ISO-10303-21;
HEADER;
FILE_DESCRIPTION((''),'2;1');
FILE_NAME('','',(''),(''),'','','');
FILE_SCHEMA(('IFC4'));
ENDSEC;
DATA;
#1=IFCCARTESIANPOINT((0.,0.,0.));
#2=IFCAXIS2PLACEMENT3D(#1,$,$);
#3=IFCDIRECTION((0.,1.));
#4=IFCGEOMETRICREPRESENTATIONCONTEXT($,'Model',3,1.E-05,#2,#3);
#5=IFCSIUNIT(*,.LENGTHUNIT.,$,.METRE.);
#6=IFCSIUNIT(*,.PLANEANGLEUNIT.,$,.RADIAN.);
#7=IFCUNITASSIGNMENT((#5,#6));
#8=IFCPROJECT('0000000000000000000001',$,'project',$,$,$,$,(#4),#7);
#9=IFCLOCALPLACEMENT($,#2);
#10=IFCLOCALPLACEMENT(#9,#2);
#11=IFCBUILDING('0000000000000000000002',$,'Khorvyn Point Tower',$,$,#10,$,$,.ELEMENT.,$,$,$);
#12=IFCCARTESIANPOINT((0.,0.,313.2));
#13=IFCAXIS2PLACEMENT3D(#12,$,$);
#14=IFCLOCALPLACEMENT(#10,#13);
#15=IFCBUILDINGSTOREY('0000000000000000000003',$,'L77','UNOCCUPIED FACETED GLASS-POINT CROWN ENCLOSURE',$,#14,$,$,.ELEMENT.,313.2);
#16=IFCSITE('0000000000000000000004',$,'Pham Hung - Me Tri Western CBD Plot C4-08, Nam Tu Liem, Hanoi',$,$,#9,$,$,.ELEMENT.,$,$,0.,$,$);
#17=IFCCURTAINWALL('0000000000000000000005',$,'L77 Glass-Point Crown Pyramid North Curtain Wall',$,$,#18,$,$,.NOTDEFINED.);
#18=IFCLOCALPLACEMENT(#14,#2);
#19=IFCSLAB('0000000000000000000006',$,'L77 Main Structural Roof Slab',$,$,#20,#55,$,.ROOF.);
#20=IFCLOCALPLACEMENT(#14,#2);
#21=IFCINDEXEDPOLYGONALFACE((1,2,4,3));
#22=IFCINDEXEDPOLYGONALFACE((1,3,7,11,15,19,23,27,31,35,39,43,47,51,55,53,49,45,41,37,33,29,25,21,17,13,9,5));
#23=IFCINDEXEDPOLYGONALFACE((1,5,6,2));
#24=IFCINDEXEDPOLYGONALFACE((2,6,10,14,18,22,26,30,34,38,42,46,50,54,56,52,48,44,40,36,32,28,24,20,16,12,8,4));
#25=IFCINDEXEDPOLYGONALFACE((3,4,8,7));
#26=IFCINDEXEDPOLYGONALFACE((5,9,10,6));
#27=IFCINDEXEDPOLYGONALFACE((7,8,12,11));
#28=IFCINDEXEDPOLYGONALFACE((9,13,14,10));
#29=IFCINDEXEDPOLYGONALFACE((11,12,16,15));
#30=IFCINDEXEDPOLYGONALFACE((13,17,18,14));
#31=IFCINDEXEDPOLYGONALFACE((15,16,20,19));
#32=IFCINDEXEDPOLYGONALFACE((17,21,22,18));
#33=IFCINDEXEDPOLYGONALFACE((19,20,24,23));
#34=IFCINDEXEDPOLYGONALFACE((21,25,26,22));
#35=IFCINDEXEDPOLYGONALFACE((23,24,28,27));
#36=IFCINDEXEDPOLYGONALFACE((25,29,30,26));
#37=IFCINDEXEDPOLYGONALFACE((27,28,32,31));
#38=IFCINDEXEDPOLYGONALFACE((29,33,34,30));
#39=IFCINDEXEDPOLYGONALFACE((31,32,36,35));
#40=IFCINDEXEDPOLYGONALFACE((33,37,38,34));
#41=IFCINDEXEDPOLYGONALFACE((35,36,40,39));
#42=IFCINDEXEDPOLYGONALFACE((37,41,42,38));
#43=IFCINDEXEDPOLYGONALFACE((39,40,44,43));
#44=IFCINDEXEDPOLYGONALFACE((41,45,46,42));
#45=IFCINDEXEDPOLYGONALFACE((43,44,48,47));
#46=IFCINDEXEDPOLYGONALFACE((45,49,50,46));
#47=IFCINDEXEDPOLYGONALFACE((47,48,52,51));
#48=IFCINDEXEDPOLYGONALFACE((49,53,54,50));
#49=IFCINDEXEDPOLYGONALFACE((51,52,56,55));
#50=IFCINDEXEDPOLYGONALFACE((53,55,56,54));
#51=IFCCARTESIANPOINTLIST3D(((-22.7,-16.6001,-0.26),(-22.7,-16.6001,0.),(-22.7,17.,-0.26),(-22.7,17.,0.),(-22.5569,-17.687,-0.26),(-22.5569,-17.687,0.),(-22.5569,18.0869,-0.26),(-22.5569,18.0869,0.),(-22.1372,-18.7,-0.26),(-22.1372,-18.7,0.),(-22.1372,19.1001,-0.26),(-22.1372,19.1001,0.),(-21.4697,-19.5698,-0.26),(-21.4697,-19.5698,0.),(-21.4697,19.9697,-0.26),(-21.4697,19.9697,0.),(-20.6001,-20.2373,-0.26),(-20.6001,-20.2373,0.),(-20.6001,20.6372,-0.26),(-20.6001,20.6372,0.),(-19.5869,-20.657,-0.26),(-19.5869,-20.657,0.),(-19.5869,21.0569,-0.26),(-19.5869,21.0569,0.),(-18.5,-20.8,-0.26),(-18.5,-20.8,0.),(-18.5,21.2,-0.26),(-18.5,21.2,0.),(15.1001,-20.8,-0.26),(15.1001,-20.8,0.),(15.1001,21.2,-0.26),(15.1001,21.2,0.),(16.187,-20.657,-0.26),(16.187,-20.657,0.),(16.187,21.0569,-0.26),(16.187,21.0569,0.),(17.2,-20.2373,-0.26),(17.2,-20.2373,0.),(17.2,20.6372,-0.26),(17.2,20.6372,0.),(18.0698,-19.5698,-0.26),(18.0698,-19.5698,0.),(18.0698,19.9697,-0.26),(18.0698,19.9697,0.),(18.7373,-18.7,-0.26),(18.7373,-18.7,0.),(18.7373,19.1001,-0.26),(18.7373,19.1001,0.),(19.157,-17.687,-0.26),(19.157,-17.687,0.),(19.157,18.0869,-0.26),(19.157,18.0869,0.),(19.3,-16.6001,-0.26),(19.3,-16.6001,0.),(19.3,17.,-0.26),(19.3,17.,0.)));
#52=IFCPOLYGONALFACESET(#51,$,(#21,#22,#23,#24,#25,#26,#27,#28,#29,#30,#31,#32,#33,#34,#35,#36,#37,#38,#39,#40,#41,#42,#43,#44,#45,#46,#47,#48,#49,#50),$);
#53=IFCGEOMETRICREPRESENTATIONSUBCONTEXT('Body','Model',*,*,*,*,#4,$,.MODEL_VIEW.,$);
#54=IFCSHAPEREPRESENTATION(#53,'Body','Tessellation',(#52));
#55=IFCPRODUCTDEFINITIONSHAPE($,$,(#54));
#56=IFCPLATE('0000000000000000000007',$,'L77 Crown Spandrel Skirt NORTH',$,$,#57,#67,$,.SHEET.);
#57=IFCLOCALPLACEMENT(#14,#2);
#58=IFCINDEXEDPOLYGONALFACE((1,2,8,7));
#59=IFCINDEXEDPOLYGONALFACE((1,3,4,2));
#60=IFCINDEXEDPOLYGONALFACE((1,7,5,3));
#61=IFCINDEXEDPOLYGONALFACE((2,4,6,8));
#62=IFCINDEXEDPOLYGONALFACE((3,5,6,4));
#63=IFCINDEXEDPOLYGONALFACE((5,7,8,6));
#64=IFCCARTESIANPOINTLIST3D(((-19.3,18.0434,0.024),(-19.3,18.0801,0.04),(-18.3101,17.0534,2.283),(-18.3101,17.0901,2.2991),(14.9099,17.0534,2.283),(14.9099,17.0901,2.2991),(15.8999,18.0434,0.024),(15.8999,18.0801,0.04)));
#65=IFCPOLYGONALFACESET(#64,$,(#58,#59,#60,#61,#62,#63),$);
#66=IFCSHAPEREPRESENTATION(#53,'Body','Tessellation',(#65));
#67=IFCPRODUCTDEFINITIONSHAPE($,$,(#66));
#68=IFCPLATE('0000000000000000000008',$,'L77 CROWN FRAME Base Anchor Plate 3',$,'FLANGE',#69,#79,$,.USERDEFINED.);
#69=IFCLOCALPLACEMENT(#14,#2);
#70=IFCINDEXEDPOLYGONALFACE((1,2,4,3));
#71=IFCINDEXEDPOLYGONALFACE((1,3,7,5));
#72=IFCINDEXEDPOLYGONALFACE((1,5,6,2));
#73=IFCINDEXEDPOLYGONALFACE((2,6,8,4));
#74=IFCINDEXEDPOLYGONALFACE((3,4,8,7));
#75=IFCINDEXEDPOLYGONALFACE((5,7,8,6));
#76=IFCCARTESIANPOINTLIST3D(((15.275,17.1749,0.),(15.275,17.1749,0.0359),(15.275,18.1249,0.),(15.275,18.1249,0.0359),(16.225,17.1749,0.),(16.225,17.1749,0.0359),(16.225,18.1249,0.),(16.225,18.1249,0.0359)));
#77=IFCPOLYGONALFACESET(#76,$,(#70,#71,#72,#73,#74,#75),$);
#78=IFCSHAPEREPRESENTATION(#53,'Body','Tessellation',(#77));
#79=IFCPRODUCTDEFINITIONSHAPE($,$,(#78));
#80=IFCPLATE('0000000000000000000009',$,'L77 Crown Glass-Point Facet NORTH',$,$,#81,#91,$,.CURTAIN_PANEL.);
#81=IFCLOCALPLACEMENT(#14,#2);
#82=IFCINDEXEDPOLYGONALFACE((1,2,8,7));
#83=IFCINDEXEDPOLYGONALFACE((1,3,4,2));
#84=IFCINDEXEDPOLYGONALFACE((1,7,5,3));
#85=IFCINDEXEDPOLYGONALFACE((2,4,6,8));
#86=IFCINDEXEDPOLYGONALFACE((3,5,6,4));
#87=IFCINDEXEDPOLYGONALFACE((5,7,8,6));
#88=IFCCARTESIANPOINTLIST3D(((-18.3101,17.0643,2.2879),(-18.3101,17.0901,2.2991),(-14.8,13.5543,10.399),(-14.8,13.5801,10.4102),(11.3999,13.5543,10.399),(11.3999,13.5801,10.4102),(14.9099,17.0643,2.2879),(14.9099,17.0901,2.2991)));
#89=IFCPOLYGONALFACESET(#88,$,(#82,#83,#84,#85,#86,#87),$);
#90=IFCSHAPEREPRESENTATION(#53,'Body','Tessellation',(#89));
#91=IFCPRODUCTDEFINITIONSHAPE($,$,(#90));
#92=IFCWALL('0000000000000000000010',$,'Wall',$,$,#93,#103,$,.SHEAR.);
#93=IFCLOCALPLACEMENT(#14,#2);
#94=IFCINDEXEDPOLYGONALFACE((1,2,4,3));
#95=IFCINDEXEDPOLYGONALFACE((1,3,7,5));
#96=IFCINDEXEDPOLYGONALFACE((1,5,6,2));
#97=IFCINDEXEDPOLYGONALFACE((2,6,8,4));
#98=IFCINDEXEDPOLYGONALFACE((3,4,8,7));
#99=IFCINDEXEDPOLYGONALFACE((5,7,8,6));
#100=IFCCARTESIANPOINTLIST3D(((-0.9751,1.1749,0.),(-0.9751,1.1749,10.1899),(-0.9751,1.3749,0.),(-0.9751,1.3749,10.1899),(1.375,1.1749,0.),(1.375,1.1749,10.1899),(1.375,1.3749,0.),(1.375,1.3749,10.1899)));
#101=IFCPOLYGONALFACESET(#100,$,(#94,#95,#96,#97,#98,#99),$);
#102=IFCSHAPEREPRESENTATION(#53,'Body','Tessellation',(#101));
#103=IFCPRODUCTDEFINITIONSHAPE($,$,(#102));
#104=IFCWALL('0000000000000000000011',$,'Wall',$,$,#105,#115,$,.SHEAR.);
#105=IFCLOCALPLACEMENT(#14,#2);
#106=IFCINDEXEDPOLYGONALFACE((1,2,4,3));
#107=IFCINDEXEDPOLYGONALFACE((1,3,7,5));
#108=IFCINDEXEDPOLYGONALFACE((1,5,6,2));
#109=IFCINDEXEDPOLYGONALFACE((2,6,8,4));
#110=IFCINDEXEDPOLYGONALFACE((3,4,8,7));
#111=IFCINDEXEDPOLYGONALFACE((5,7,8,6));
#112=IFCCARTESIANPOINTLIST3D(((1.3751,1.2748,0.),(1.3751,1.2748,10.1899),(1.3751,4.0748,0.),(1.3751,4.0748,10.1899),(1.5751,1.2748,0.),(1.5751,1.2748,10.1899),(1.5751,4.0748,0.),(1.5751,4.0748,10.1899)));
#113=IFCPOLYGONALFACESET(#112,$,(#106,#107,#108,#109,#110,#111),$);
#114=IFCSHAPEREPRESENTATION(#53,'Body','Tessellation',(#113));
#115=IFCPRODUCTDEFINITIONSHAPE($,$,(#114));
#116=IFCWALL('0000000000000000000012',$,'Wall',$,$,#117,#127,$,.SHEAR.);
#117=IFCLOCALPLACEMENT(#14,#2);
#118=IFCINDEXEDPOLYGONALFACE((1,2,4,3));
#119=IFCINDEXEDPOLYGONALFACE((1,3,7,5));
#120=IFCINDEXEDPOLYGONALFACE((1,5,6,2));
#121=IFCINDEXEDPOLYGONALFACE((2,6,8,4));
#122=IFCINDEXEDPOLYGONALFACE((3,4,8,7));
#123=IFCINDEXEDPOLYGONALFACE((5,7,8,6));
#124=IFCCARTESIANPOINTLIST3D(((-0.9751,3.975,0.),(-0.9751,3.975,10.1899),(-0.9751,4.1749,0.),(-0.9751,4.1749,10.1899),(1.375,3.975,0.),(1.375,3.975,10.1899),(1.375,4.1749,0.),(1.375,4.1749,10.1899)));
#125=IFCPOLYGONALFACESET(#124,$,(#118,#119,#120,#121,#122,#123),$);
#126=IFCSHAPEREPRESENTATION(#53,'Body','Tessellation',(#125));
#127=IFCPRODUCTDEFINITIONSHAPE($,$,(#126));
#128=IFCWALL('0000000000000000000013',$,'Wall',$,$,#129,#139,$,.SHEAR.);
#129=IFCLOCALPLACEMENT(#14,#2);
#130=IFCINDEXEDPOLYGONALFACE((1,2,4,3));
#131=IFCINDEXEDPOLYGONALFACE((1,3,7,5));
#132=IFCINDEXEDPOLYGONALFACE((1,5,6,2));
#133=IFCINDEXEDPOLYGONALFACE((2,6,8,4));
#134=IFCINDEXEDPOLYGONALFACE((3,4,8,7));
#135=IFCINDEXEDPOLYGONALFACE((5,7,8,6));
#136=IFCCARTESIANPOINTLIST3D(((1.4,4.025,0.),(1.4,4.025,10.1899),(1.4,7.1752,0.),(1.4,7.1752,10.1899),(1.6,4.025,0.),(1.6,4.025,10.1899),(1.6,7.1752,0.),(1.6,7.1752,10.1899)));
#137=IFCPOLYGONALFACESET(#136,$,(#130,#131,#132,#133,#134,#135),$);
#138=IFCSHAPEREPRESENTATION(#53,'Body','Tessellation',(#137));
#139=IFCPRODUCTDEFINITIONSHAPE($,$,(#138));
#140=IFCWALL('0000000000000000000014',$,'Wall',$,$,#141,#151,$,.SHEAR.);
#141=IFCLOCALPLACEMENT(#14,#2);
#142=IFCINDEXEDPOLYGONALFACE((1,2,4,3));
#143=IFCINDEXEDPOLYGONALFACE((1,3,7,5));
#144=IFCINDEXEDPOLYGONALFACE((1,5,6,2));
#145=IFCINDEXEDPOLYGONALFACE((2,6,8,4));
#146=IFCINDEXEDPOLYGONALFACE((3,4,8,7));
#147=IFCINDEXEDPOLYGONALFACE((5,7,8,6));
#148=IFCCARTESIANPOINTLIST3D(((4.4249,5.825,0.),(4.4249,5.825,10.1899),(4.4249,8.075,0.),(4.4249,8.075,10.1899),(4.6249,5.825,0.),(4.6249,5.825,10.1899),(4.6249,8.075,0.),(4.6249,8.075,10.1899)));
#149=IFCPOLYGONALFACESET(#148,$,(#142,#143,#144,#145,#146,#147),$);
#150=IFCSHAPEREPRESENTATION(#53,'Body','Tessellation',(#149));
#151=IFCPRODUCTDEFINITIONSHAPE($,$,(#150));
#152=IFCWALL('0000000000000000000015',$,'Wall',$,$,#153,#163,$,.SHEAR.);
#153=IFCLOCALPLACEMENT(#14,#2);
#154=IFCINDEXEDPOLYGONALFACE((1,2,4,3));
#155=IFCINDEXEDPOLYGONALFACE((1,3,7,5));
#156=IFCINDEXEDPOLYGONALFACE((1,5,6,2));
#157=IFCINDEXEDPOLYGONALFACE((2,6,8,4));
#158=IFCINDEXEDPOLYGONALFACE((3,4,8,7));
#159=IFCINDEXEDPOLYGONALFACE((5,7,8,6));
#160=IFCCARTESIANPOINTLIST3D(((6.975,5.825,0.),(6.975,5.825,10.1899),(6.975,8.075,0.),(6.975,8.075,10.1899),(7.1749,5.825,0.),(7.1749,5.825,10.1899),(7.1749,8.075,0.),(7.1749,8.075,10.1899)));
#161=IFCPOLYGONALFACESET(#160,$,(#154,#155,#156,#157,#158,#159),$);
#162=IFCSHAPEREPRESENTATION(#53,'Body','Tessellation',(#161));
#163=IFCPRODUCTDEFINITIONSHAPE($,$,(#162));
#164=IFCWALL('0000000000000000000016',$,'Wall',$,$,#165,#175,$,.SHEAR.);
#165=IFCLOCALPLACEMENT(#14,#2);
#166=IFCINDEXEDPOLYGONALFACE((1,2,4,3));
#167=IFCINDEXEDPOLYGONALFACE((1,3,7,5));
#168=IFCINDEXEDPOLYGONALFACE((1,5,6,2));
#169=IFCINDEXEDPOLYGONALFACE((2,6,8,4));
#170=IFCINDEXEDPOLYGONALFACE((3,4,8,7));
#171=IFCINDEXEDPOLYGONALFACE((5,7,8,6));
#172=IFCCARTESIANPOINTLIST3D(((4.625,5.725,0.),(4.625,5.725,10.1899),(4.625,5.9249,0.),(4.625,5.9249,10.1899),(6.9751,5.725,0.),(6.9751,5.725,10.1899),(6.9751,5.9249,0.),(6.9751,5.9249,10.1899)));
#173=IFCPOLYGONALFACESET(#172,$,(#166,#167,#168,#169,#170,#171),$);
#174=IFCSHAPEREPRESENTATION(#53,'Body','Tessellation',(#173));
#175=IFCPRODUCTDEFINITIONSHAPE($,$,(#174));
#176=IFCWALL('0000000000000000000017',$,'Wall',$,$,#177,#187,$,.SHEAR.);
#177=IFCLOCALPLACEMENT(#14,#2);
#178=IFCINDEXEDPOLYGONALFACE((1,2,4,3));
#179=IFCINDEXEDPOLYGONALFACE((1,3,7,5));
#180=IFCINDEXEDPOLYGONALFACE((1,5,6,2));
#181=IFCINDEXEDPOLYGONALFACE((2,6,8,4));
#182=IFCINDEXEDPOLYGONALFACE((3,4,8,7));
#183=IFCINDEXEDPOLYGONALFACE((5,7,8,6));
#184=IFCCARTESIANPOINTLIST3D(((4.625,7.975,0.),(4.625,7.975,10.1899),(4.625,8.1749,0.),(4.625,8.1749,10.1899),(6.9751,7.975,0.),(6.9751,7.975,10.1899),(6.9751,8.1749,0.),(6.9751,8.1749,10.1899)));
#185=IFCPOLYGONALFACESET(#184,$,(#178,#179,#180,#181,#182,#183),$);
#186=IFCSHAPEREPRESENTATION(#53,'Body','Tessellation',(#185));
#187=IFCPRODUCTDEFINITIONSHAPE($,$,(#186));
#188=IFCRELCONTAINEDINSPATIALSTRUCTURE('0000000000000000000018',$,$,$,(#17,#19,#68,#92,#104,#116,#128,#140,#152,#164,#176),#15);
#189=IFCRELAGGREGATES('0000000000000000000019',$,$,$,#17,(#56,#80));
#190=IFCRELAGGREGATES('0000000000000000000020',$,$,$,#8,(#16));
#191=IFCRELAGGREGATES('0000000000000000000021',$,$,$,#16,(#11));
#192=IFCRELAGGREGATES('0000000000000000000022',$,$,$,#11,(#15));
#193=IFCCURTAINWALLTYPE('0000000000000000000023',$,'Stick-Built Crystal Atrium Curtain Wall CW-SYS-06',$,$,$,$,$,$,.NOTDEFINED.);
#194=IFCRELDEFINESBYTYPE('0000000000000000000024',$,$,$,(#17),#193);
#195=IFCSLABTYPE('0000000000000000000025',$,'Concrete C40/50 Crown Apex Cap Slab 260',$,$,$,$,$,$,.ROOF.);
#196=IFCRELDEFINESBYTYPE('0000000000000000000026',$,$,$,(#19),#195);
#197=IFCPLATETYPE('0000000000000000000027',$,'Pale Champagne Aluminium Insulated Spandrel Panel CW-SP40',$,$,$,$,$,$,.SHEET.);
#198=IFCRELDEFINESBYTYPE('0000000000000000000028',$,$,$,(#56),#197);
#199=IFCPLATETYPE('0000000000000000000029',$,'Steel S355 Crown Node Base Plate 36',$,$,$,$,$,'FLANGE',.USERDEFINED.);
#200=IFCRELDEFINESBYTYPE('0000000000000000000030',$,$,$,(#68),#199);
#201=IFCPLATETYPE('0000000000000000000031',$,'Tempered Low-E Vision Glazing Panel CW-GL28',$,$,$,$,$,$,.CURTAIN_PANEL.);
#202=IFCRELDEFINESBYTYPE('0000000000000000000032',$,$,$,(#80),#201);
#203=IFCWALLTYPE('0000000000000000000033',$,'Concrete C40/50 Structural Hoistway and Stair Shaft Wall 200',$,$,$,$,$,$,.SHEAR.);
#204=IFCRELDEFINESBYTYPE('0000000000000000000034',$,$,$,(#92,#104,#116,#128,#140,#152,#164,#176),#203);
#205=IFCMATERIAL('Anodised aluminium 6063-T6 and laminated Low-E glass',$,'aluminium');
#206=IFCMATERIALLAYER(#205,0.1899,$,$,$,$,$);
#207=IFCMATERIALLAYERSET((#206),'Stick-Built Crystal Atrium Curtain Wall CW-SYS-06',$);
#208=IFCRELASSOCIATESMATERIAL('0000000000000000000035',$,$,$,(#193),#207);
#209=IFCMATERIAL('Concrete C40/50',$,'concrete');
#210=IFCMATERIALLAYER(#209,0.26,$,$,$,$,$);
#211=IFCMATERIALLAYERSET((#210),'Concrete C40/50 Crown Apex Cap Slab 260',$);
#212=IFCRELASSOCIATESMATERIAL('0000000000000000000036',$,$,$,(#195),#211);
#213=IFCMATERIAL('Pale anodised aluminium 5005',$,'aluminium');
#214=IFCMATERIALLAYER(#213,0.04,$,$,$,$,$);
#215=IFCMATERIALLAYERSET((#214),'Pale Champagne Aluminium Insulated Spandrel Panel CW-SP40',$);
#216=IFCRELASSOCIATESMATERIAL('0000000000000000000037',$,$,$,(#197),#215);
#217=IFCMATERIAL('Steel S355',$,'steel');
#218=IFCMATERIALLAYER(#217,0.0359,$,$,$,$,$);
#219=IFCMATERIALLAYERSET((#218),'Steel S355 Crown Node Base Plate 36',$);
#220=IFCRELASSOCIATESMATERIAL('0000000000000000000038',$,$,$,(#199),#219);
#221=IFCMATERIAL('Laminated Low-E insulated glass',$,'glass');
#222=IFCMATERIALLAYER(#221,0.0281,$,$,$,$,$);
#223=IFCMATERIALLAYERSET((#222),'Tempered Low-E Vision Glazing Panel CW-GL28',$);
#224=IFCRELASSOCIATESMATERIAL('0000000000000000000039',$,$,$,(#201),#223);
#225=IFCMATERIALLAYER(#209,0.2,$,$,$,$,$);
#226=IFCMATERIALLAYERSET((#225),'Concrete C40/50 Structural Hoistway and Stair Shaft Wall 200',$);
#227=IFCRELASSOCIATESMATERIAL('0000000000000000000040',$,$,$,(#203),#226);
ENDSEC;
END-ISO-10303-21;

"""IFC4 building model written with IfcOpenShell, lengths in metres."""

from ifc_helpers import new_model, si_unit, direction, frame, frame_2d, origin, origin_2d, place, context, subcontext, project, spatial, polyline, rectangle, outline, extrude, material, layer, layer_set, type_object, element, aggregate, save


model = new_model("IFC4")

# Units and contexts
model_context = context("Model", 3, precision=1e-05, world=origin(), true_north=direction((0.0, 1.0)))
body_context = subcontext(model_context, "Body", "Model", "MODEL_VIEW")
ifc_project = project(units=[si_unit("LENGTHUNIT", "METRE"), si_unit("PLANEANGLEUNIT", "RADIAN")], contexts=[model_context])

# Site, building, storey
site_placement = place(None, origin())
site = spatial("IfcSite", under=ifc_project, at=site_placement, Name="Pham Hung - Me Tri Western CBD Plot C4-08, Nam Tu Liem, Hanoi", CompositionType="ELEMENT", RefElevation=0.0)
building_placement = place(site_placement, origin())
building = spatial("IfcBuilding", under=site, at=building_placement, Name="Khorvyn Point Tower", CompositionType="ELEMENT")
storey_placement = place(building_placement, frame((0.0, 0.0, 313.2)))
storey = spatial("IfcBuildingStorey", under=building, at=storey_placement, Name="L77", Description="UNOCCUPIED FACETED GLASS-POINT CROWN ENCLOSURE", CompositionType="ELEMENT", Elevation=313.2)

# Shared definitions
ifc_material_1 = material(Name="Steel S355", Category="steel")

# Curtain wall
ifc_material_2 = material(Name="Anodised aluminium 6063-T6 and laminated Low-E glass", Category="aluminium")
ifc_layer_1 = layer(ifc_material_2, 0.1899)
ifc_layer_set_1 = layer_set([ifc_layer_1], Name="Stick-Built Crystal Atrium Curtain Wall CW-SYS-06")
curtain_wall_type = type_object("IfcCurtainWallType", Name="Stick-Built Crystal Atrium Curtain Wall CW-SYS-06", PredefinedType="NOTDEFINED", material=ifc_layer_set_1)
curtain_wall_placement = place(storey_placement, origin())
curtain_wall = element("IfcCurtainWall", 1, at=curtain_wall_placement, inside=storey, type_object=curtain_wall_type, Name="L77 Glass-Point Crown Pyramid North Curtain Wall", PredefinedType="NOTDEFINED")

# Slab
ifc_material_3 = material(Name="Concrete C40/50", Category="concrete")
ifc_layer_2 = layer(ifc_material_3, 0.26)
ifc_layer_set_2 = layer_set([ifc_layer_2], Name="Concrete C40/50 Crown Apex Cap Slab 260")
slab_type = type_object("IfcSlabType", Name="Concrete C40/50 Crown Apex Cap Slab 260", PredefinedType="ROOF", material=ifc_layer_set_2)
slab_placement = place(storey_placement, frame((0.0, 0.0, -0.26)))
element("IfcSlab", 2, at=slab_placement, inside=storey, type_object=slab_type, Name="L77 Main Structural Roof Slab", PredefinedType="ROOF", context=body_context, shape_type="SweptSolid", body=[
    extrude(outline(polyline([(15.1001, -20.8), (16.187, -20.657), (17.2, -20.2373), (18.0698, -19.5698), (18.7373, -18.7), (19.157, -17.687), (19.3, -16.6001), (19.3, 17.0), (19.157, 18.0869), (18.7373, 19.1001), (18.0698, 19.9697), (17.2, 20.6372), (16.187, 21.0569), (15.1001, 21.2), (-18.5, 21.2), (-19.5869, 21.0569), (-20.6001, 20.6372), (-21.4697, 19.9697), (-22.1372, 19.1001), (-22.5569, 18.0869), (-22.7, 17.0), (-22.7, -16.6001), (-22.5569, -17.687), (-22.1372, -18.7), (-21.4697, -19.5698), (-20.6001, -20.2373), (-19.5869, -20.657), (-18.5, -20.8), (15.1001, -20.8)])), origin(), (0.0, 0.0, 1.0), 0.26),
])

# Plates
ifc_material_4 = material(Name="Pale anodised aluminium 5005", Category="aluminium")
ifc_layer_3 = layer(ifc_material_4, 0.04)
ifc_layer_set_3 = layer_set([ifc_layer_3], Name="Pale Champagne Aluminium Insulated Spandrel Panel CW-SP40")
plate_type_1 = type_object("IfcPlateType", Name="Pale Champagne Aluminium Insulated Spandrel Panel CW-SP40", PredefinedType="SHEET", material=ifc_layer_set_3)
plate_1_placement = place(storey_placement, frame((15.8999, 18.0801, 0.04), z_axis=(0.0, 0.91591, 0.401385), x_axis=(-1.0, 0.0, 0.0)))
plate_1 = element("IfcPlate", 3, at=plate_1_placement, type_object=plate_type_1, Name="L77 Crown Spandrel Skirt NORTH", PredefinedType="SHEET", context=body_context, shape_type="SweptSolid", body=[
    extrude(outline(polyline([(0.0, 0.0), (35.2, 0.0), (34.21, 2.4664), (0.99, 2.4664), (0.0, 0.0)])), origin(), (0.0, 0.0, -1.0), 0.04),
])
ifc_layer_4 = layer(ifc_material_1, 0.0359)
ifc_layer_set_4 = layer_set([ifc_layer_4], Name="Steel S355 Crown Node Base Plate 36")
plate_type_2 = type_object("IfcPlateType", Name="Steel S355 Crown Node Base Plate 36", ElementType="FLANGE", PredefinedType="USERDEFINED", material=ifc_layer_set_4)
plate_2_placement = place(storey_placement, frame((15.75, 17.6499, 0.0), z_axis=(0.0, 0.0, 1.0), x_axis=(1.0, 0.0, 0.0)))
element("IfcPlate", 4, at=plate_2_placement, inside=storey, type_object=plate_type_2, Name="L77 CROWN FRAME Base Anchor Plate 3", ObjectType="FLANGE", PredefinedType="USERDEFINED", context=body_context, shape_type="SweptSolid", body=[
    extrude(rectangle(XDim=0.95, YDim=0.95, at=origin_2d()), origin(), (0.0, 0.0, 1.0), 0.0359),
])
ifc_material_5 = material(Name="Laminated Low-E insulated glass", Category="glass")
ifc_layer_5 = layer(ifc_material_5, 0.0281)
ifc_layer_set_5 = layer_set([ifc_layer_5], Name="Tempered Low-E Vision Glazing Panel CW-GL28")
plate_type_3 = type_object("IfcPlateType", Name="Tempered Low-E Vision Glazing Panel CW-GL28", PredefinedType="CURTAIN_PANEL", material=ifc_layer_set_5)
plate_3_placement = place(storey_placement, frame((14.9099, 17.0901, 2.2991), z_axis=(0.0, 0.917753, 0.397151), x_axis=(-1.0, 0.0, 0.0)))
plate_3 = element("IfcPlate", 5, at=plate_3_placement, type_object=plate_type_3, Name="L77 Crown Glass-Point Facet NORTH", PredefinedType="CURTAIN_PANEL", context=body_context, shape_type="SweptSolid", body=[
    extrude(outline(polyline([(0.0, 0.0), (33.22, 0.0), (29.71, 8.838), (3.51, 8.838), (0.0, 0.0)])), origin(), (0.0, 0.0, -1.0), 0.0281),
])
aggregate(curtain_wall, [plate_1, plate_3])

# Walls
ifc_layer_6 = layer(ifc_material_3, 0.2)
ifc_layer_set_6 = layer_set([ifc_layer_6], Name="Concrete C40/50 Structural Hoistway and Stair Shaft Wall 200")
wall_type = type_object("IfcWallType", Name="Concrete C40/50 Structural Hoistway and Stair Shaft Wall 200", PredefinedType="SHEAR", material=ifc_layer_set_6)
wall_1_placement = place(storey_placement, frame((-0.9751, 1.2749, 0.0), z_axis=(0.0, 0.0, 1.0), x_axis=(1.0, 0.0, 0.0)))
element("IfcWall", 6, at=wall_1_placement, inside=storey, type_object=wall_type, Name="Wall", PredefinedType="SHEAR", context=body_context, shape_type="SweptSolid", body=[
    extrude(rectangle(XDim=2.3501, YDim=0.2, at=frame_2d((1.175, 0.0))), origin(), (0.0, 0.0, 1.0), 10.1899),
])
wall_2_placement = place(storey_placement, frame((1.4751, 1.2749, 0.0), z_axis=(0.0, 0.0, 1.0), x_axis=(0.0, 1.0, 0.0)))
element("IfcWall", 7, at=wall_2_placement, inside=storey, type_object=wall_type, Name="Wall", PredefinedType="SHEAR", context=body_context, shape_type="SweptSolid", body=[
    extrude(rectangle(XDim=2.8, YDim=0.2, at=frame_2d((1.3999, 0.0))), origin(), (0.0, 0.0, 1.0), 10.1899),
])
wall_3_placement = place(storey_placement, frame((-0.9751, 4.075, 0.0), z_axis=(0.0, 0.0, 1.0), x_axis=(1.0, 0.0, 0.0)))
element("IfcWall", 8, at=wall_3_placement, inside=storey, type_object=wall_type, Name="Wall", PredefinedType="SHEAR", context=body_context, shape_type="SweptSolid", body=[
    extrude(rectangle(XDim=2.3501, YDim=0.2, at=frame_2d((1.175, 0.0))), origin(), (0.0, 0.0, 1.0), 10.1899),
])
wall_4_placement = place(storey_placement, frame((1.5, 4.0249, 0.0), z_axis=(0.0, 0.0, 1.0), x_axis=(0.0, 1.0, 0.0)))
element("IfcWall", 9, at=wall_4_placement, inside=storey, type_object=wall_type, Name="Wall", PredefinedType="SHEAR", context=body_context, shape_type="SweptSolid", body=[
    extrude(rectangle(XDim=3.1501, YDim=0.2, at=frame_2d((1.5752, 0.0))), origin(), (0.0, 0.0, 1.0), 10.1899),
])
for number, where, z_axis, x_axis, name in (
    (10, (4.5249, 5.825, 0.0), (0.0, 0.0, 1.0), (0.0, 1.0, 0.0), "Wall"),
    (11, (7.075, 5.825, 0.0), (0.0, 0.0, 1.0), (0.0, 1.0, 0.0), "Wall"),
):
    element("IfcWall", number, at=place(storey_placement, frame(where, z_axis=z_axis, x_axis=x_axis)), inside=storey, type_object=wall_type, Name=name, PredefinedType="SHEAR", context=body_context, shape_type="SweptSolid", body=[
        extrude(rectangle(XDim=2.25, YDim=0.2, at=frame_2d((1.125, 0.0))), origin(), (0.0, 0.0, 1.0), 10.1899),
    ])
for number, where, z_axis, x_axis, name in (
    (12, (4.625, 5.825, 0.0), (0.0, 0.0, 1.0), (1.0, 0.0, 0.0), "Wall"),
    (13, (4.625, 8.075, 0.0), (0.0, 0.0, 1.0), (1.0, 0.0, 0.0), "Wall"),
):
    element("IfcWall", number, at=place(storey_placement, frame(where, z_axis=z_axis, x_axis=x_axis)), inside=storey, type_object=wall_type, Name=name, PredefinedType="SHEAR", context=body_context, shape_type="SweptSolid", body=[
        extrude(rectangle(XDim=2.3501, YDim=0.2, at=frame_2d((1.175, 0.0))), origin(), (0.0, 0.0, 1.0), 10.1899),
    ])

save(model, "model.ifc")
